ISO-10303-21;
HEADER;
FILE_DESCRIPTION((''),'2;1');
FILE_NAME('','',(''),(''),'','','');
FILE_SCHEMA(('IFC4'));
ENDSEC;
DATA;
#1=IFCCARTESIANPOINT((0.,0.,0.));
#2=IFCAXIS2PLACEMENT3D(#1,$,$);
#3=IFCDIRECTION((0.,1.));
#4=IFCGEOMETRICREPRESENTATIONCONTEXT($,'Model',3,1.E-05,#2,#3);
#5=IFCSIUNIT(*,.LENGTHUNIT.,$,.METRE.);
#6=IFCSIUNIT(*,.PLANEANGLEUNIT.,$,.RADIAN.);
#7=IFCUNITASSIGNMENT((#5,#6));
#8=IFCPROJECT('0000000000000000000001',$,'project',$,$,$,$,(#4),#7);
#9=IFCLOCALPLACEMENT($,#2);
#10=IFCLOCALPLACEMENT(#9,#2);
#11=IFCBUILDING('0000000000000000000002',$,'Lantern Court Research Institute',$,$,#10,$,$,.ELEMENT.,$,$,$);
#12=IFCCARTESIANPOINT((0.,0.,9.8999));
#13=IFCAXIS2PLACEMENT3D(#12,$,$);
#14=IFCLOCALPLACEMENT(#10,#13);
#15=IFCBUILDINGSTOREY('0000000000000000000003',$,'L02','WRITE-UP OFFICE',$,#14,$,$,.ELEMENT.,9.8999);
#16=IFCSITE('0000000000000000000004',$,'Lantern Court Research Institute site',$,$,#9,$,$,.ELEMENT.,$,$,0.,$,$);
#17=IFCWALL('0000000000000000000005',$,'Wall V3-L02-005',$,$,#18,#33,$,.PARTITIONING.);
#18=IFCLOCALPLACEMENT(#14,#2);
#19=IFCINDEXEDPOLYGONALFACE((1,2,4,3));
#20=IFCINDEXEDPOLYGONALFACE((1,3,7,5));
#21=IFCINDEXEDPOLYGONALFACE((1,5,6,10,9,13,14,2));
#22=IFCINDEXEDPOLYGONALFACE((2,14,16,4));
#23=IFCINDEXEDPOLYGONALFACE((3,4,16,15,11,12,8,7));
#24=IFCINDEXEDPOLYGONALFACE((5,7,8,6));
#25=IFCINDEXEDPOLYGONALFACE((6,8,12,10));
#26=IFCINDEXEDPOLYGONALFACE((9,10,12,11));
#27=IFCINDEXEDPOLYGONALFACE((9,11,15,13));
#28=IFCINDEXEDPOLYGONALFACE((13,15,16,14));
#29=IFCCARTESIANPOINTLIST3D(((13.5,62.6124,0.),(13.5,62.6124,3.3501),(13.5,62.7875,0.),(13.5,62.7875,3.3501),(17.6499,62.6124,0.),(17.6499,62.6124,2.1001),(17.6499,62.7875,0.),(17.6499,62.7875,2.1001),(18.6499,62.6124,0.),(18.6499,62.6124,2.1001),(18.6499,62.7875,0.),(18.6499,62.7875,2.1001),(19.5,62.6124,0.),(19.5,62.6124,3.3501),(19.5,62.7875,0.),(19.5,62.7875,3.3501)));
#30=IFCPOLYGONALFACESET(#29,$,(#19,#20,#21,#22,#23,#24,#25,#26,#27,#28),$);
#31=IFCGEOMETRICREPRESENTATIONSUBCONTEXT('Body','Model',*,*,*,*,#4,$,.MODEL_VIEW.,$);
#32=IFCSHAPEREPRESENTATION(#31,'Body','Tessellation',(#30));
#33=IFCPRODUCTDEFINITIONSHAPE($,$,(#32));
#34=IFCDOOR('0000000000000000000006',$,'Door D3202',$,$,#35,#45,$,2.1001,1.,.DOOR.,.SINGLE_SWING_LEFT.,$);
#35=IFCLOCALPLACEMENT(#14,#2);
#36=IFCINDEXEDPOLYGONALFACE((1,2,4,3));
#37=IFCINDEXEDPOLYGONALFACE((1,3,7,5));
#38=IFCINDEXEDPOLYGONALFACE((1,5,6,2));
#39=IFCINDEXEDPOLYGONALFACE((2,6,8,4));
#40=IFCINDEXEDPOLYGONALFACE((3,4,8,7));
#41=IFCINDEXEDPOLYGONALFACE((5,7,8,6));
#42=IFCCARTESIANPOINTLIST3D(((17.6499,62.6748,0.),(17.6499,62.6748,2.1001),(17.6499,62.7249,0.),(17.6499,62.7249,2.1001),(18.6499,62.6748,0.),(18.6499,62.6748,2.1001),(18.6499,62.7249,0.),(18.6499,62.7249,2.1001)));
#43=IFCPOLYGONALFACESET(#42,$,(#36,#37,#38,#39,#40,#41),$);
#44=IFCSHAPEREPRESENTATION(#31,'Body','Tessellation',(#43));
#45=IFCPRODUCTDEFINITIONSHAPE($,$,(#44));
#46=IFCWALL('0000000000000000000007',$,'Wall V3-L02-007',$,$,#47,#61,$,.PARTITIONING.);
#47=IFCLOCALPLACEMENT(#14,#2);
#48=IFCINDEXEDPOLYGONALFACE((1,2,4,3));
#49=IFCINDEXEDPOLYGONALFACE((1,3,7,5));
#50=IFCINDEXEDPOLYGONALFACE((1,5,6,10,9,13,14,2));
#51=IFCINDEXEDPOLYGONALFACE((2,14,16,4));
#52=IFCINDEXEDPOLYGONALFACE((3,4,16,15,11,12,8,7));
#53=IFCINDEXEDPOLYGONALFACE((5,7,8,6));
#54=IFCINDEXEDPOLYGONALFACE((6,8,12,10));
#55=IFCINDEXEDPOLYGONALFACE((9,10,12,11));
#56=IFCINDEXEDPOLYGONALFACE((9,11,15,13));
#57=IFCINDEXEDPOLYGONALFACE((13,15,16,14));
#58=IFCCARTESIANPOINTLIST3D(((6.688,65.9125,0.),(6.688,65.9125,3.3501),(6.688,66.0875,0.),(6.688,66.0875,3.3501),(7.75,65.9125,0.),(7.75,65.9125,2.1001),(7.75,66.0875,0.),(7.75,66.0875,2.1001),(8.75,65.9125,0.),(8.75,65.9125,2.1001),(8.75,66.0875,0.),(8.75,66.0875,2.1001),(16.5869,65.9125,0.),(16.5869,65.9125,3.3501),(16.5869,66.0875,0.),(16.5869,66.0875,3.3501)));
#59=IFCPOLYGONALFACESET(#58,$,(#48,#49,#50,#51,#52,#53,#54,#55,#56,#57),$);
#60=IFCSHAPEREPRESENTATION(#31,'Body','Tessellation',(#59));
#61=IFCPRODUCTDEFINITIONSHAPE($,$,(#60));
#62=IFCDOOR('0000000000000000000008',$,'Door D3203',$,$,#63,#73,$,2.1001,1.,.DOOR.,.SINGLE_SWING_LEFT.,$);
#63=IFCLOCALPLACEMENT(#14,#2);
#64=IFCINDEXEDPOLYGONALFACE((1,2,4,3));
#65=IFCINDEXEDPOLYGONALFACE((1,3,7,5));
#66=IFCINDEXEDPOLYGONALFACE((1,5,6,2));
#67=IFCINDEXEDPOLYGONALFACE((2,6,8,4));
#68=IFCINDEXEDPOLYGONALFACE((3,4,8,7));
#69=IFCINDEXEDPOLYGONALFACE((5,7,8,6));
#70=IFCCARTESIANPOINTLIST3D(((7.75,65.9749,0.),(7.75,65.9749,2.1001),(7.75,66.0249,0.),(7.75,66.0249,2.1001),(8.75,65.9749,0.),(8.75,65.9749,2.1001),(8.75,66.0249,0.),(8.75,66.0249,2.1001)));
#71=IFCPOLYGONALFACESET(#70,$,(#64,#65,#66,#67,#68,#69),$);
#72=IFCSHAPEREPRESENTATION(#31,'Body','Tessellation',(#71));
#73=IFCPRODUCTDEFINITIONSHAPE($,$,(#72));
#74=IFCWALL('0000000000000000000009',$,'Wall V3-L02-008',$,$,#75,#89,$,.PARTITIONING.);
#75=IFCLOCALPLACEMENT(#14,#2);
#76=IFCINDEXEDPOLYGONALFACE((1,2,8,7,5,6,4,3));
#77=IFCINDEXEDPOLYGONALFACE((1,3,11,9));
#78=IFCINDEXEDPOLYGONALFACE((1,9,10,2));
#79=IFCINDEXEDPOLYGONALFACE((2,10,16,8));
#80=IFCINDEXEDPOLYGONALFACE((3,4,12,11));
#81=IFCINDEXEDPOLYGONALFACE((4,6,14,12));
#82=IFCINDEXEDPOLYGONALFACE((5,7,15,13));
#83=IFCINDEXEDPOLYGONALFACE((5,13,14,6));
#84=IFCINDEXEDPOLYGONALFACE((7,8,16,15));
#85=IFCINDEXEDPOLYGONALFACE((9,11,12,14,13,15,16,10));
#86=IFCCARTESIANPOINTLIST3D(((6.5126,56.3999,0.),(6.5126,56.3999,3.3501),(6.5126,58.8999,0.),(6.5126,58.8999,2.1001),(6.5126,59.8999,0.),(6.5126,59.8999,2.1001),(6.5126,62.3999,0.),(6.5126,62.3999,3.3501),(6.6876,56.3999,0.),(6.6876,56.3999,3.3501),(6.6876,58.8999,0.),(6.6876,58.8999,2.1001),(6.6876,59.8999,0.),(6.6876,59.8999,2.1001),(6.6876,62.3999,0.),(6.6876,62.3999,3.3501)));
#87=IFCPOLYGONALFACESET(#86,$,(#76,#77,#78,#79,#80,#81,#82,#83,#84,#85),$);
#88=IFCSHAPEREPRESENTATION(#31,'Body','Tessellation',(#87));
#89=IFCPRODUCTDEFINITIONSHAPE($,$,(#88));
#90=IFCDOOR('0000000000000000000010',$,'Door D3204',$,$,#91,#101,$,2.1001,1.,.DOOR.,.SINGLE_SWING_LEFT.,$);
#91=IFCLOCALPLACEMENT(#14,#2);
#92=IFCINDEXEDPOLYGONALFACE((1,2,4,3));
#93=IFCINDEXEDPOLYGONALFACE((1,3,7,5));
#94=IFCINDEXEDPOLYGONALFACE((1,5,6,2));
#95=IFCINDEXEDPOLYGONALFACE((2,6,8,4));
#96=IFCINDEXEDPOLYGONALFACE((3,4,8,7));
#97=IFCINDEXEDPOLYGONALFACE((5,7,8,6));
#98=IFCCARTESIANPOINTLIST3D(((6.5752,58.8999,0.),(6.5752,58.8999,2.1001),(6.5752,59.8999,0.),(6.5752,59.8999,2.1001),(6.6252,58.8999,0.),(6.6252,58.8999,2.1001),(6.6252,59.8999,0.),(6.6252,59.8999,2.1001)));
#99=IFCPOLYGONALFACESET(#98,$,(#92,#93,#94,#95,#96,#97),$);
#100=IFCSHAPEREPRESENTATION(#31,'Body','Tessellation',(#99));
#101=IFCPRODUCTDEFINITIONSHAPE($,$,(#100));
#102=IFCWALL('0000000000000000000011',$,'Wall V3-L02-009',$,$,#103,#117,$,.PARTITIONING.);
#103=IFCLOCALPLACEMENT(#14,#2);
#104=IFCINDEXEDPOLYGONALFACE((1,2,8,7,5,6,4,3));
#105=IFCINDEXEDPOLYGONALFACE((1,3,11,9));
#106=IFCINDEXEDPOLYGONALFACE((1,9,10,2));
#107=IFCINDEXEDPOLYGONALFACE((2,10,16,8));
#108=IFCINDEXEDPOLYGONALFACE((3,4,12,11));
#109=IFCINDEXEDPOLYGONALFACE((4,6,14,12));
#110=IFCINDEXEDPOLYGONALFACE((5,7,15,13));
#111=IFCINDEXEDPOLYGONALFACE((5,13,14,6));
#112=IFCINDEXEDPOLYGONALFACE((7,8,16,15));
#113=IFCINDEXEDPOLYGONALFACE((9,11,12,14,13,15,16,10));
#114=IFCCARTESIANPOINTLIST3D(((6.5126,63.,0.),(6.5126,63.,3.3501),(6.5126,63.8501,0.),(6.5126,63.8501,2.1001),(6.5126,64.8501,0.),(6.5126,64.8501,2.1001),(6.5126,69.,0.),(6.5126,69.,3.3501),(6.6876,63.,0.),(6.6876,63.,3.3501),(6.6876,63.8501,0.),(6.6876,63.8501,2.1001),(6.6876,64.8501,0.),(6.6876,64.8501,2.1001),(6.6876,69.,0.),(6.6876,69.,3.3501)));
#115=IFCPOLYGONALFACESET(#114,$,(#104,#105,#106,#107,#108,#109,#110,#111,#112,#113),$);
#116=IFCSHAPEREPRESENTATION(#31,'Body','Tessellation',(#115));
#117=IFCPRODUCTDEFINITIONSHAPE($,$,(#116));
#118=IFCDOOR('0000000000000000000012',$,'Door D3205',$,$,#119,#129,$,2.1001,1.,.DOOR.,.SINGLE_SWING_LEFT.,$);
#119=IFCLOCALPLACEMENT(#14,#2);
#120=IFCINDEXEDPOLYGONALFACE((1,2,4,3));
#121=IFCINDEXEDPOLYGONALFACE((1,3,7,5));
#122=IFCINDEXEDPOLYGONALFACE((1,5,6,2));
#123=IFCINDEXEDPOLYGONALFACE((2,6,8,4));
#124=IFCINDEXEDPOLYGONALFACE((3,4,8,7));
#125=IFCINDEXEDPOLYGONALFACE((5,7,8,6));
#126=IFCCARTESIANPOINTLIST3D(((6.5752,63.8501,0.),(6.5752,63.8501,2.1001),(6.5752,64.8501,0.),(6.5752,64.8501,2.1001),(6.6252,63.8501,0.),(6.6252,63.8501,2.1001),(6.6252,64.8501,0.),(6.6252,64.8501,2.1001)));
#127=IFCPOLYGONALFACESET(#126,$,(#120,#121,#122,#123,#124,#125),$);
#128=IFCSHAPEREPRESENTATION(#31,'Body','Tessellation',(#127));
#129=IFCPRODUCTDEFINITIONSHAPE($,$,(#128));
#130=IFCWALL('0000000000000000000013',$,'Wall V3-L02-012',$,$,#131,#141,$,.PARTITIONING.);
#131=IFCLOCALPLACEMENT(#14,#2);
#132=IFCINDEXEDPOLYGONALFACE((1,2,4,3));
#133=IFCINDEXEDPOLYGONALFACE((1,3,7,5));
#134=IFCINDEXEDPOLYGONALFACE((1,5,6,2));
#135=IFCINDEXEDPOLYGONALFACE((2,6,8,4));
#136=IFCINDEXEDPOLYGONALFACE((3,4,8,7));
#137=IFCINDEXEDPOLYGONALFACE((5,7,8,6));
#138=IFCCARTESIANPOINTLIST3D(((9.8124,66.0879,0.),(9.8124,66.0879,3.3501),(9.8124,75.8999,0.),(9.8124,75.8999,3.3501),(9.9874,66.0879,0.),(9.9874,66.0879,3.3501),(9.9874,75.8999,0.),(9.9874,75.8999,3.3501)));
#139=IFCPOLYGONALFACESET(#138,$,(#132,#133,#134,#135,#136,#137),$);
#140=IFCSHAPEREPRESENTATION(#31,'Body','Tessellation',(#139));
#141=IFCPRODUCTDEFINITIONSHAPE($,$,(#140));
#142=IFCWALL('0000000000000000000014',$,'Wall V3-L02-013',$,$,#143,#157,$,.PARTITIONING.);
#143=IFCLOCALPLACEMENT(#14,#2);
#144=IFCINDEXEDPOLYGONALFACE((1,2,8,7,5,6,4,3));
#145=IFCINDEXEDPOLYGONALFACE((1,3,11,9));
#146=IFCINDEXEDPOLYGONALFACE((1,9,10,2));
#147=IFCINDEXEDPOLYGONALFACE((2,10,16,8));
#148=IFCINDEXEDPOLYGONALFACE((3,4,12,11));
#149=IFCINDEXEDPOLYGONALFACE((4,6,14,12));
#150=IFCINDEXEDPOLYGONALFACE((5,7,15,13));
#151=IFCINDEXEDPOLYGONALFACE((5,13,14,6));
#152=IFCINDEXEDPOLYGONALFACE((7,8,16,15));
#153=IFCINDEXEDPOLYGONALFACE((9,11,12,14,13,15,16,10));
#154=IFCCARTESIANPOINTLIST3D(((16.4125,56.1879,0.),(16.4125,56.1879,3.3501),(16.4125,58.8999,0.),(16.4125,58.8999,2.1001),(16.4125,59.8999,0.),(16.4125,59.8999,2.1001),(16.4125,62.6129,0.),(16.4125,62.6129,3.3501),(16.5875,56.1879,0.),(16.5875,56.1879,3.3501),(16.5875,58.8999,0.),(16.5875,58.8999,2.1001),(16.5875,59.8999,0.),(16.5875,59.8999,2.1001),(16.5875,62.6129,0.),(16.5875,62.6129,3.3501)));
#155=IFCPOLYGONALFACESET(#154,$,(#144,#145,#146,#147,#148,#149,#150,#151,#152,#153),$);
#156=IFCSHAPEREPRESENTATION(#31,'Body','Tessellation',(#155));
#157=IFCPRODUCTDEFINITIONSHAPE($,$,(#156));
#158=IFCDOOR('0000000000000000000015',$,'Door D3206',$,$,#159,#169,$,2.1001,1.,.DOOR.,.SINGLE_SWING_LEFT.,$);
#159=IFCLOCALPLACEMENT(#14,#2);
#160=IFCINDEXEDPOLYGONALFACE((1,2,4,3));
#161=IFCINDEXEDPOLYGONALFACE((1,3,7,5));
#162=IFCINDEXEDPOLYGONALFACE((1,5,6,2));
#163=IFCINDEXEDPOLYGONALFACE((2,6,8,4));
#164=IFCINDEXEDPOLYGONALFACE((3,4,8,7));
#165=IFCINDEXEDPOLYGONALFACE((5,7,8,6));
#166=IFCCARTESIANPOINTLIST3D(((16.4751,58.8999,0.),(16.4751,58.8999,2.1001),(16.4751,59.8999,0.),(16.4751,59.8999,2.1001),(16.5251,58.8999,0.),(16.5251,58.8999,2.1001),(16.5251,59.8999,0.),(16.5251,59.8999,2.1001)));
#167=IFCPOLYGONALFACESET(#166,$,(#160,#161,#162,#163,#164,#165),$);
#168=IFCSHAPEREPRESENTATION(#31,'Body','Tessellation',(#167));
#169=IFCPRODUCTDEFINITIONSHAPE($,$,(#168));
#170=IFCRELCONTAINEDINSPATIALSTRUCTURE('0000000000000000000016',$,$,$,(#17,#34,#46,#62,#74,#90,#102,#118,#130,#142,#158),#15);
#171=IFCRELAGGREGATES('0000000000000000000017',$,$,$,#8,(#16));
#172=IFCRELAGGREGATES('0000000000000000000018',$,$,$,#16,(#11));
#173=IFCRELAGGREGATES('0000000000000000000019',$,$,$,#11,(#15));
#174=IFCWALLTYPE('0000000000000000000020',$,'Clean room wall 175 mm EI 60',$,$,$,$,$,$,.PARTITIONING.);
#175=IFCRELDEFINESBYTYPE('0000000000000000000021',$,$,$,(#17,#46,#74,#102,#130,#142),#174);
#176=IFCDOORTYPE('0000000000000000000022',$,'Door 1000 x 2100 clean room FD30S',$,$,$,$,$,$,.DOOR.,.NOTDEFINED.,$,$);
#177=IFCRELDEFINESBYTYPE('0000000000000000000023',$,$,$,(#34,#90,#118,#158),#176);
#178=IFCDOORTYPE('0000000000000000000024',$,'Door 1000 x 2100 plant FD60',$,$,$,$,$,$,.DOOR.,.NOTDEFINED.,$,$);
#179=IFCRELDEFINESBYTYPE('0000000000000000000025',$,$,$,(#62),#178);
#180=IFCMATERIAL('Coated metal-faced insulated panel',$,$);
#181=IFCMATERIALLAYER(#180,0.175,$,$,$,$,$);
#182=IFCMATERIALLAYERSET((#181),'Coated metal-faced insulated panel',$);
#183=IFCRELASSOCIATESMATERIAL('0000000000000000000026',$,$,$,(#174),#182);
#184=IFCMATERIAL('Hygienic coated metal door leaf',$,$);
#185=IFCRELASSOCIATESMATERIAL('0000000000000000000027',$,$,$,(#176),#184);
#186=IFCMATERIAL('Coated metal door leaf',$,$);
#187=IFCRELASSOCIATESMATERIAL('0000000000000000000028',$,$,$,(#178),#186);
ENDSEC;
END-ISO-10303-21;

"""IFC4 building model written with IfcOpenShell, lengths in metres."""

from ifc_helpers import new_model, si_unit, direction, frame, frame_2d, origin, place, context, subcontext, project, spatial, rectangle, extrude, material, layer, layer_set, type_object, element, fill, save


model = new_model("IFC4")

# Units and contexts
model_context = context("Model", 3, precision=1e-05, world=origin(), true_north=direction((0.0, 1.0)))
body_context = subcontext(model_context, "Body", "Model", "MODEL_VIEW")
ifc_project = project(units=[si_unit("LENGTHUNIT", "METRE"), si_unit("PLANEANGLEUNIT", "RADIAN")], contexts=[model_context])

# Site, building, storey
site_placement = place(None, origin())
site = spatial("IfcSite", under=ifc_project, at=site_placement, Name="Lantern Court Research Institute site", CompositionType="ELEMENT", RefElevation=0.0)
building_placement = place(site_placement, origin())
building = spatial("IfcBuilding", under=site, at=building_placement, Name="Lantern Court Research Institute", CompositionType="ELEMENT")
storey_placement = place(building_placement, frame((0.0, 0.0, 9.8999)))
storey = spatial("IfcBuildingStorey", under=building, at=storey_placement, Name="L02", Description="WRITE-UP OFFICE", CompositionType="ELEMENT", Elevation=9.8999)

# Walls, openings, doors
ifc_material_1 = material(Name="Coated metal-faced insulated panel")
ifc_layer = layer(ifc_material_1, 0.175)
ifc_layer_set = layer_set([ifc_layer], Name="Coated metal-faced insulated panel")
wall_type = type_object("IfcWallType", Name="Clean room wall 175 mm EI 60", PredefinedType="PARTITIONING", material=ifc_layer_set)
wall_1_placement = place(storey_placement, frame((13.5, 62.7, 0.0), z_axis=(0.0, 0.0, 1.0), x_axis=(1.0, 0.0, 0.0)))
wall_1 = element("IfcWall", 1, at=wall_1_placement, inside=storey, type_object=wall_type, Name="Wall V3-L02-005", PredefinedType="PARTITIONING", context=body_context, shape_type="SweptSolid", body=[
    extrude(rectangle(XDim=6.0, YDim=0.175, at=frame_2d((3.0, 0.0))), origin(), (0.0, 0.0, 1.0), 3.3501),
])
opening_1_placement = place(wall_1_placement, frame((4.1499, 0.0, 0.0)))
opening_1 = element("IfcOpeningElement", 2, at=opening_1_placement, cuts=wall_1, PredefinedType="OPENING", context=body_context, shape_type="SweptSolid", body=[
    extrude(rectangle(XDim=1.0, YDim=2.1001, at=frame_2d((0.5, 1.05))), frame((0.0, 0.0974, 0.0), z_axis=(0.0, -1.0, 0.0), x_axis=(1.0, 0.0, 0.0)), (0.0, 0.0, 1.0), 0.1951),
])
ifc_material_2 = material(Name="Hygienic coated metal door leaf")
door_type_1 = type_object("IfcDoorType", Name="Door 1000 x 2100 clean room FD30S", OperationType="NOTDEFINED", PredefinedType="DOOR", material=ifc_material_2)
door_1_placement = place(opening_1_placement, origin())
door_1 = element("IfcDoor", 3, at=door_1_placement, inside=storey, type_object=door_type_1, Name="Door D3202", OperationType="SINGLE_SWING_LEFT", OverallHeight=2.1001, OverallWidth=1.0, PredefinedType="DOOR", context=body_context, shape_type="SweptSolid", body=[
    extrude(rectangle(XDim=1.0, YDim=2.1001, at=frame_2d((0.5, 1.05))), frame((0.0, 0.0249, 0.0), z_axis=(0.0, -1.0, 0.0), x_axis=(1.0, 0.0, 0.0)), (0.0, 0.0, 1.0), 0.05),
])
fill(opening_1, door_1)
wall_2_placement = place(storey_placement, frame((6.688, 66.0, 0.0), z_axis=(0.0, 0.0, 1.0), x_axis=(1.0, 0.0, 0.0)))
wall_2 = element("IfcWall", 4, at=wall_2_placement, inside=storey, type_object=wall_type, Name="Wall V3-L02-007", PredefinedType="PARTITIONING", context=body_context, shape_type="SweptSolid", body=[
    extrude(rectangle(XDim=9.8989, YDim=0.175, at=frame_2d((4.9495, 0.0))), origin(), (0.0, 0.0, 1.0), 3.3501),
])
opening_2_placement = place(wall_2_placement, frame((1.062, 0.0, 0.0)))
opening_2 = element("IfcOpeningElement", 5, at=opening_2_placement, cuts=wall_2, PredefinedType="OPENING", context=body_context, shape_type="SweptSolid", body=[
    extrude(rectangle(XDim=1.0, YDim=2.1001, at=frame_2d((0.5, 1.05))), frame((0.0, 0.0974, 0.0), z_axis=(0.0, -1.0, 0.0), x_axis=(1.0, 0.0, 0.0)), (0.0, 0.0, 1.0), 0.1951),
])
ifc_material_3 = material(Name="Coated metal door leaf")
door_type_2 = type_object("IfcDoorType", Name="Door 1000 x 2100 plant FD60", OperationType="NOTDEFINED", PredefinedType="DOOR", material=ifc_material_3)
door_2_placement = place(opening_2_placement, origin())
door_2 = element("IfcDoor", 6, at=door_2_placement, inside=storey, type_object=door_type_2, Name="Door D3203", OperationType="SINGLE_SWING_LEFT", OverallHeight=2.1001, OverallWidth=1.0, PredefinedType="DOOR", context=body_context, shape_type="SweptSolid", body=[
    extrude(rectangle(XDim=1.0, YDim=2.1001, at=frame_2d((0.5, 1.05))), frame((0.0, 0.0249, 0.0), z_axis=(0.0, -1.0, 0.0), x_axis=(1.0, 0.0, 0.0)), (0.0, 0.0, 1.0), 0.05),
])
fill(opening_2, door_2)
wall_3_placement = place(storey_placement, frame((6.6001, 56.3999, 0.0), z_axis=(0.0, 0.0, 1.0), x_axis=(0.0, 1.0, 0.0)))
wall_3 = element("IfcWall", 7, at=wall_3_placement, inside=storey, type_object=wall_type, Name="Wall V3-L02-008", PredefinedType="PARTITIONING", context=body_context, shape_type="SweptSolid", body=[
    extrude(rectangle(XDim=6.0, YDim=0.175, at=frame_2d((3.0, 0.0))), origin(), (0.0, 0.0, 1.0), 3.3501),
])
opening_3_placement = place(wall_3_placement, frame((2.5, 0.0, 0.0)))
opening_3 = element("IfcOpeningElement", 8, at=opening_3_placement, cuts=wall_3, PredefinedType="OPENING", context=body_context, shape_type="SweptSolid", body=[
    extrude(rectangle(XDim=1.0, YDim=2.1001, at=frame_2d((0.5, 1.05))), frame((0.0, 0.0974, 0.0), z_axis=(0.0, -1.0, 0.0), x_axis=(1.0, 0.0, 0.0)), (0.0, 0.0, 1.0), 0.1951),
])
door_3_placement = place(opening_3_placement, origin())
door_3 = element("IfcDoor", 9, at=door_3_placement, inside=storey, type_object=door_type_1, Name="Door D3204", OperationType="SINGLE_SWING_LEFT", OverallHeight=2.1001, OverallWidth=1.0, PredefinedType="DOOR", context=body_context, shape_type="SweptSolid", body=[
    extrude(rectangle(XDim=1.0, YDim=2.1001, at=frame_2d((0.5, 1.05))), frame((0.0, 0.0249, 0.0), z_axis=(0.0, -1.0, 0.0), x_axis=(1.0, 0.0, 0.0)), (0.0, 0.0, 1.0), 0.05),
])
fill(opening_3, door_3)
wall_4_placement = place(storey_placement, frame((6.6001, 63.0, 0.0), z_axis=(0.0, 0.0, 1.0), x_axis=(0.0, 1.0, 0.0)))
wall_4 = element("IfcWall", 10, at=wall_4_placement, inside=storey, type_object=wall_type, Name="Wall V3-L02-009", PredefinedType="PARTITIONING", context=body_context, shape_type="SweptSolid", body=[
    extrude(rectangle(XDim=6.0, YDim=0.175, at=frame_2d((3.0, 0.0))), origin(), (0.0, 0.0, 1.0), 3.3501),
])
opening_4_placement = place(wall_4_placement, frame((0.8501, 0.0, 0.0)))
opening_4 = element("IfcOpeningElement", 11, at=opening_4_placement, cuts=wall_4, PredefinedType="OPENING", context=body_context, shape_type="SweptSolid", body=[
    extrude(rectangle(XDim=1.0, YDim=2.1001, at=frame_2d((0.5, 1.05))), frame((0.0, 0.0974, 0.0), z_axis=(0.0, -1.0, 0.0), x_axis=(1.0, 0.0, 0.0)), (0.0, 0.0, 1.0), 0.1951),
])
door_4_placement = place(opening_4_placement, origin())
door_4 = element("IfcDoor", 12, at=door_4_placement, inside=storey, type_object=door_type_1, Name="Door D3205", OperationType="SINGLE_SWING_LEFT", OverallHeight=2.1001, OverallWidth=1.0, PredefinedType="DOOR", context=body_context, shape_type="SweptSolid", body=[
    extrude(rectangle(XDim=1.0, YDim=2.1001, at=frame_2d((0.5, 1.05))), frame((0.0, 0.0249, 0.0), z_axis=(0.0, -1.0, 0.0), x_axis=(1.0, 0.0, 0.0)), (0.0, 0.0, 1.0), 0.05),
])
fill(opening_4, door_4)

# Wall
wall_5_placement = place(storey_placement, frame((9.8999, 66.0879, 0.0), z_axis=(0.0, 0.0, 1.0), x_axis=(0.0, 1.0, 0.0)))
element("IfcWall", 13, at=wall_5_placement, inside=storey, type_object=wall_type, Name="Wall V3-L02-012", PredefinedType="PARTITIONING", context=body_context, shape_type="SweptSolid", body=[
    extrude(rectangle(XDim=9.812, YDim=0.175, at=frame_2d((4.906, 0.0))), origin(), (0.0, 0.0, 1.0), 3.3501),
])

# Wall, opening, door
wall_6_placement = place(storey_placement, frame((16.5, 56.188, 0.0), z_axis=(0.0, 0.0, 1.0), x_axis=(0.0, 1.0, 0.0)))
wall_6 = element("IfcWall", 14, at=wall_6_placement, inside=storey, type_object=wall_type, Name="Wall V3-L02-013", PredefinedType="PARTITIONING", context=body_context, shape_type="SweptSolid", body=[
    extrude(rectangle(XDim=6.425, YDim=0.175, at=frame_2d((3.2124, 0.0))), origin(), (0.0, 0.0, 1.0), 3.3501),
])
opening_5_placement = place(wall_6_placement, frame((2.7119, 0.0, 0.0)))
opening_5 = element("IfcOpeningElement", 15, at=opening_5_placement, cuts=wall_6, PredefinedType="OPENING", context=body_context, shape_type="SweptSolid", body=[
    extrude(rectangle(XDim=1.0, YDim=2.1001, at=frame_2d((0.5, 1.05))), frame((0.0, 0.0974, 0.0), z_axis=(0.0, -1.0, 0.0), x_axis=(1.0, 0.0, 0.0)), (0.0, 0.0, 1.0), 0.1951),
])
door_5_placement = place(opening_5_placement, origin())
door_5 = element("IfcDoor", 16, at=door_5_placement, inside=storey, type_object=door_type_1, Name="Door D3206", OperationType="SINGLE_SWING_LEFT", OverallHeight=2.1001, OverallWidth=1.0, PredefinedType="DOOR", context=body_context, shape_type="SweptSolid", body=[
    extrude(rectangle(XDim=1.0, YDim=2.1001, at=frame_2d((0.5, 1.05))), frame((0.0, 0.0249, 0.0), z_axis=(0.0, -1.0, 0.0), x_axis=(1.0, 0.0, 0.0)), (0.0, 0.0, 1.0), 0.05),
])
fill(opening_5, door_5)

save(model, "model.ifc")
